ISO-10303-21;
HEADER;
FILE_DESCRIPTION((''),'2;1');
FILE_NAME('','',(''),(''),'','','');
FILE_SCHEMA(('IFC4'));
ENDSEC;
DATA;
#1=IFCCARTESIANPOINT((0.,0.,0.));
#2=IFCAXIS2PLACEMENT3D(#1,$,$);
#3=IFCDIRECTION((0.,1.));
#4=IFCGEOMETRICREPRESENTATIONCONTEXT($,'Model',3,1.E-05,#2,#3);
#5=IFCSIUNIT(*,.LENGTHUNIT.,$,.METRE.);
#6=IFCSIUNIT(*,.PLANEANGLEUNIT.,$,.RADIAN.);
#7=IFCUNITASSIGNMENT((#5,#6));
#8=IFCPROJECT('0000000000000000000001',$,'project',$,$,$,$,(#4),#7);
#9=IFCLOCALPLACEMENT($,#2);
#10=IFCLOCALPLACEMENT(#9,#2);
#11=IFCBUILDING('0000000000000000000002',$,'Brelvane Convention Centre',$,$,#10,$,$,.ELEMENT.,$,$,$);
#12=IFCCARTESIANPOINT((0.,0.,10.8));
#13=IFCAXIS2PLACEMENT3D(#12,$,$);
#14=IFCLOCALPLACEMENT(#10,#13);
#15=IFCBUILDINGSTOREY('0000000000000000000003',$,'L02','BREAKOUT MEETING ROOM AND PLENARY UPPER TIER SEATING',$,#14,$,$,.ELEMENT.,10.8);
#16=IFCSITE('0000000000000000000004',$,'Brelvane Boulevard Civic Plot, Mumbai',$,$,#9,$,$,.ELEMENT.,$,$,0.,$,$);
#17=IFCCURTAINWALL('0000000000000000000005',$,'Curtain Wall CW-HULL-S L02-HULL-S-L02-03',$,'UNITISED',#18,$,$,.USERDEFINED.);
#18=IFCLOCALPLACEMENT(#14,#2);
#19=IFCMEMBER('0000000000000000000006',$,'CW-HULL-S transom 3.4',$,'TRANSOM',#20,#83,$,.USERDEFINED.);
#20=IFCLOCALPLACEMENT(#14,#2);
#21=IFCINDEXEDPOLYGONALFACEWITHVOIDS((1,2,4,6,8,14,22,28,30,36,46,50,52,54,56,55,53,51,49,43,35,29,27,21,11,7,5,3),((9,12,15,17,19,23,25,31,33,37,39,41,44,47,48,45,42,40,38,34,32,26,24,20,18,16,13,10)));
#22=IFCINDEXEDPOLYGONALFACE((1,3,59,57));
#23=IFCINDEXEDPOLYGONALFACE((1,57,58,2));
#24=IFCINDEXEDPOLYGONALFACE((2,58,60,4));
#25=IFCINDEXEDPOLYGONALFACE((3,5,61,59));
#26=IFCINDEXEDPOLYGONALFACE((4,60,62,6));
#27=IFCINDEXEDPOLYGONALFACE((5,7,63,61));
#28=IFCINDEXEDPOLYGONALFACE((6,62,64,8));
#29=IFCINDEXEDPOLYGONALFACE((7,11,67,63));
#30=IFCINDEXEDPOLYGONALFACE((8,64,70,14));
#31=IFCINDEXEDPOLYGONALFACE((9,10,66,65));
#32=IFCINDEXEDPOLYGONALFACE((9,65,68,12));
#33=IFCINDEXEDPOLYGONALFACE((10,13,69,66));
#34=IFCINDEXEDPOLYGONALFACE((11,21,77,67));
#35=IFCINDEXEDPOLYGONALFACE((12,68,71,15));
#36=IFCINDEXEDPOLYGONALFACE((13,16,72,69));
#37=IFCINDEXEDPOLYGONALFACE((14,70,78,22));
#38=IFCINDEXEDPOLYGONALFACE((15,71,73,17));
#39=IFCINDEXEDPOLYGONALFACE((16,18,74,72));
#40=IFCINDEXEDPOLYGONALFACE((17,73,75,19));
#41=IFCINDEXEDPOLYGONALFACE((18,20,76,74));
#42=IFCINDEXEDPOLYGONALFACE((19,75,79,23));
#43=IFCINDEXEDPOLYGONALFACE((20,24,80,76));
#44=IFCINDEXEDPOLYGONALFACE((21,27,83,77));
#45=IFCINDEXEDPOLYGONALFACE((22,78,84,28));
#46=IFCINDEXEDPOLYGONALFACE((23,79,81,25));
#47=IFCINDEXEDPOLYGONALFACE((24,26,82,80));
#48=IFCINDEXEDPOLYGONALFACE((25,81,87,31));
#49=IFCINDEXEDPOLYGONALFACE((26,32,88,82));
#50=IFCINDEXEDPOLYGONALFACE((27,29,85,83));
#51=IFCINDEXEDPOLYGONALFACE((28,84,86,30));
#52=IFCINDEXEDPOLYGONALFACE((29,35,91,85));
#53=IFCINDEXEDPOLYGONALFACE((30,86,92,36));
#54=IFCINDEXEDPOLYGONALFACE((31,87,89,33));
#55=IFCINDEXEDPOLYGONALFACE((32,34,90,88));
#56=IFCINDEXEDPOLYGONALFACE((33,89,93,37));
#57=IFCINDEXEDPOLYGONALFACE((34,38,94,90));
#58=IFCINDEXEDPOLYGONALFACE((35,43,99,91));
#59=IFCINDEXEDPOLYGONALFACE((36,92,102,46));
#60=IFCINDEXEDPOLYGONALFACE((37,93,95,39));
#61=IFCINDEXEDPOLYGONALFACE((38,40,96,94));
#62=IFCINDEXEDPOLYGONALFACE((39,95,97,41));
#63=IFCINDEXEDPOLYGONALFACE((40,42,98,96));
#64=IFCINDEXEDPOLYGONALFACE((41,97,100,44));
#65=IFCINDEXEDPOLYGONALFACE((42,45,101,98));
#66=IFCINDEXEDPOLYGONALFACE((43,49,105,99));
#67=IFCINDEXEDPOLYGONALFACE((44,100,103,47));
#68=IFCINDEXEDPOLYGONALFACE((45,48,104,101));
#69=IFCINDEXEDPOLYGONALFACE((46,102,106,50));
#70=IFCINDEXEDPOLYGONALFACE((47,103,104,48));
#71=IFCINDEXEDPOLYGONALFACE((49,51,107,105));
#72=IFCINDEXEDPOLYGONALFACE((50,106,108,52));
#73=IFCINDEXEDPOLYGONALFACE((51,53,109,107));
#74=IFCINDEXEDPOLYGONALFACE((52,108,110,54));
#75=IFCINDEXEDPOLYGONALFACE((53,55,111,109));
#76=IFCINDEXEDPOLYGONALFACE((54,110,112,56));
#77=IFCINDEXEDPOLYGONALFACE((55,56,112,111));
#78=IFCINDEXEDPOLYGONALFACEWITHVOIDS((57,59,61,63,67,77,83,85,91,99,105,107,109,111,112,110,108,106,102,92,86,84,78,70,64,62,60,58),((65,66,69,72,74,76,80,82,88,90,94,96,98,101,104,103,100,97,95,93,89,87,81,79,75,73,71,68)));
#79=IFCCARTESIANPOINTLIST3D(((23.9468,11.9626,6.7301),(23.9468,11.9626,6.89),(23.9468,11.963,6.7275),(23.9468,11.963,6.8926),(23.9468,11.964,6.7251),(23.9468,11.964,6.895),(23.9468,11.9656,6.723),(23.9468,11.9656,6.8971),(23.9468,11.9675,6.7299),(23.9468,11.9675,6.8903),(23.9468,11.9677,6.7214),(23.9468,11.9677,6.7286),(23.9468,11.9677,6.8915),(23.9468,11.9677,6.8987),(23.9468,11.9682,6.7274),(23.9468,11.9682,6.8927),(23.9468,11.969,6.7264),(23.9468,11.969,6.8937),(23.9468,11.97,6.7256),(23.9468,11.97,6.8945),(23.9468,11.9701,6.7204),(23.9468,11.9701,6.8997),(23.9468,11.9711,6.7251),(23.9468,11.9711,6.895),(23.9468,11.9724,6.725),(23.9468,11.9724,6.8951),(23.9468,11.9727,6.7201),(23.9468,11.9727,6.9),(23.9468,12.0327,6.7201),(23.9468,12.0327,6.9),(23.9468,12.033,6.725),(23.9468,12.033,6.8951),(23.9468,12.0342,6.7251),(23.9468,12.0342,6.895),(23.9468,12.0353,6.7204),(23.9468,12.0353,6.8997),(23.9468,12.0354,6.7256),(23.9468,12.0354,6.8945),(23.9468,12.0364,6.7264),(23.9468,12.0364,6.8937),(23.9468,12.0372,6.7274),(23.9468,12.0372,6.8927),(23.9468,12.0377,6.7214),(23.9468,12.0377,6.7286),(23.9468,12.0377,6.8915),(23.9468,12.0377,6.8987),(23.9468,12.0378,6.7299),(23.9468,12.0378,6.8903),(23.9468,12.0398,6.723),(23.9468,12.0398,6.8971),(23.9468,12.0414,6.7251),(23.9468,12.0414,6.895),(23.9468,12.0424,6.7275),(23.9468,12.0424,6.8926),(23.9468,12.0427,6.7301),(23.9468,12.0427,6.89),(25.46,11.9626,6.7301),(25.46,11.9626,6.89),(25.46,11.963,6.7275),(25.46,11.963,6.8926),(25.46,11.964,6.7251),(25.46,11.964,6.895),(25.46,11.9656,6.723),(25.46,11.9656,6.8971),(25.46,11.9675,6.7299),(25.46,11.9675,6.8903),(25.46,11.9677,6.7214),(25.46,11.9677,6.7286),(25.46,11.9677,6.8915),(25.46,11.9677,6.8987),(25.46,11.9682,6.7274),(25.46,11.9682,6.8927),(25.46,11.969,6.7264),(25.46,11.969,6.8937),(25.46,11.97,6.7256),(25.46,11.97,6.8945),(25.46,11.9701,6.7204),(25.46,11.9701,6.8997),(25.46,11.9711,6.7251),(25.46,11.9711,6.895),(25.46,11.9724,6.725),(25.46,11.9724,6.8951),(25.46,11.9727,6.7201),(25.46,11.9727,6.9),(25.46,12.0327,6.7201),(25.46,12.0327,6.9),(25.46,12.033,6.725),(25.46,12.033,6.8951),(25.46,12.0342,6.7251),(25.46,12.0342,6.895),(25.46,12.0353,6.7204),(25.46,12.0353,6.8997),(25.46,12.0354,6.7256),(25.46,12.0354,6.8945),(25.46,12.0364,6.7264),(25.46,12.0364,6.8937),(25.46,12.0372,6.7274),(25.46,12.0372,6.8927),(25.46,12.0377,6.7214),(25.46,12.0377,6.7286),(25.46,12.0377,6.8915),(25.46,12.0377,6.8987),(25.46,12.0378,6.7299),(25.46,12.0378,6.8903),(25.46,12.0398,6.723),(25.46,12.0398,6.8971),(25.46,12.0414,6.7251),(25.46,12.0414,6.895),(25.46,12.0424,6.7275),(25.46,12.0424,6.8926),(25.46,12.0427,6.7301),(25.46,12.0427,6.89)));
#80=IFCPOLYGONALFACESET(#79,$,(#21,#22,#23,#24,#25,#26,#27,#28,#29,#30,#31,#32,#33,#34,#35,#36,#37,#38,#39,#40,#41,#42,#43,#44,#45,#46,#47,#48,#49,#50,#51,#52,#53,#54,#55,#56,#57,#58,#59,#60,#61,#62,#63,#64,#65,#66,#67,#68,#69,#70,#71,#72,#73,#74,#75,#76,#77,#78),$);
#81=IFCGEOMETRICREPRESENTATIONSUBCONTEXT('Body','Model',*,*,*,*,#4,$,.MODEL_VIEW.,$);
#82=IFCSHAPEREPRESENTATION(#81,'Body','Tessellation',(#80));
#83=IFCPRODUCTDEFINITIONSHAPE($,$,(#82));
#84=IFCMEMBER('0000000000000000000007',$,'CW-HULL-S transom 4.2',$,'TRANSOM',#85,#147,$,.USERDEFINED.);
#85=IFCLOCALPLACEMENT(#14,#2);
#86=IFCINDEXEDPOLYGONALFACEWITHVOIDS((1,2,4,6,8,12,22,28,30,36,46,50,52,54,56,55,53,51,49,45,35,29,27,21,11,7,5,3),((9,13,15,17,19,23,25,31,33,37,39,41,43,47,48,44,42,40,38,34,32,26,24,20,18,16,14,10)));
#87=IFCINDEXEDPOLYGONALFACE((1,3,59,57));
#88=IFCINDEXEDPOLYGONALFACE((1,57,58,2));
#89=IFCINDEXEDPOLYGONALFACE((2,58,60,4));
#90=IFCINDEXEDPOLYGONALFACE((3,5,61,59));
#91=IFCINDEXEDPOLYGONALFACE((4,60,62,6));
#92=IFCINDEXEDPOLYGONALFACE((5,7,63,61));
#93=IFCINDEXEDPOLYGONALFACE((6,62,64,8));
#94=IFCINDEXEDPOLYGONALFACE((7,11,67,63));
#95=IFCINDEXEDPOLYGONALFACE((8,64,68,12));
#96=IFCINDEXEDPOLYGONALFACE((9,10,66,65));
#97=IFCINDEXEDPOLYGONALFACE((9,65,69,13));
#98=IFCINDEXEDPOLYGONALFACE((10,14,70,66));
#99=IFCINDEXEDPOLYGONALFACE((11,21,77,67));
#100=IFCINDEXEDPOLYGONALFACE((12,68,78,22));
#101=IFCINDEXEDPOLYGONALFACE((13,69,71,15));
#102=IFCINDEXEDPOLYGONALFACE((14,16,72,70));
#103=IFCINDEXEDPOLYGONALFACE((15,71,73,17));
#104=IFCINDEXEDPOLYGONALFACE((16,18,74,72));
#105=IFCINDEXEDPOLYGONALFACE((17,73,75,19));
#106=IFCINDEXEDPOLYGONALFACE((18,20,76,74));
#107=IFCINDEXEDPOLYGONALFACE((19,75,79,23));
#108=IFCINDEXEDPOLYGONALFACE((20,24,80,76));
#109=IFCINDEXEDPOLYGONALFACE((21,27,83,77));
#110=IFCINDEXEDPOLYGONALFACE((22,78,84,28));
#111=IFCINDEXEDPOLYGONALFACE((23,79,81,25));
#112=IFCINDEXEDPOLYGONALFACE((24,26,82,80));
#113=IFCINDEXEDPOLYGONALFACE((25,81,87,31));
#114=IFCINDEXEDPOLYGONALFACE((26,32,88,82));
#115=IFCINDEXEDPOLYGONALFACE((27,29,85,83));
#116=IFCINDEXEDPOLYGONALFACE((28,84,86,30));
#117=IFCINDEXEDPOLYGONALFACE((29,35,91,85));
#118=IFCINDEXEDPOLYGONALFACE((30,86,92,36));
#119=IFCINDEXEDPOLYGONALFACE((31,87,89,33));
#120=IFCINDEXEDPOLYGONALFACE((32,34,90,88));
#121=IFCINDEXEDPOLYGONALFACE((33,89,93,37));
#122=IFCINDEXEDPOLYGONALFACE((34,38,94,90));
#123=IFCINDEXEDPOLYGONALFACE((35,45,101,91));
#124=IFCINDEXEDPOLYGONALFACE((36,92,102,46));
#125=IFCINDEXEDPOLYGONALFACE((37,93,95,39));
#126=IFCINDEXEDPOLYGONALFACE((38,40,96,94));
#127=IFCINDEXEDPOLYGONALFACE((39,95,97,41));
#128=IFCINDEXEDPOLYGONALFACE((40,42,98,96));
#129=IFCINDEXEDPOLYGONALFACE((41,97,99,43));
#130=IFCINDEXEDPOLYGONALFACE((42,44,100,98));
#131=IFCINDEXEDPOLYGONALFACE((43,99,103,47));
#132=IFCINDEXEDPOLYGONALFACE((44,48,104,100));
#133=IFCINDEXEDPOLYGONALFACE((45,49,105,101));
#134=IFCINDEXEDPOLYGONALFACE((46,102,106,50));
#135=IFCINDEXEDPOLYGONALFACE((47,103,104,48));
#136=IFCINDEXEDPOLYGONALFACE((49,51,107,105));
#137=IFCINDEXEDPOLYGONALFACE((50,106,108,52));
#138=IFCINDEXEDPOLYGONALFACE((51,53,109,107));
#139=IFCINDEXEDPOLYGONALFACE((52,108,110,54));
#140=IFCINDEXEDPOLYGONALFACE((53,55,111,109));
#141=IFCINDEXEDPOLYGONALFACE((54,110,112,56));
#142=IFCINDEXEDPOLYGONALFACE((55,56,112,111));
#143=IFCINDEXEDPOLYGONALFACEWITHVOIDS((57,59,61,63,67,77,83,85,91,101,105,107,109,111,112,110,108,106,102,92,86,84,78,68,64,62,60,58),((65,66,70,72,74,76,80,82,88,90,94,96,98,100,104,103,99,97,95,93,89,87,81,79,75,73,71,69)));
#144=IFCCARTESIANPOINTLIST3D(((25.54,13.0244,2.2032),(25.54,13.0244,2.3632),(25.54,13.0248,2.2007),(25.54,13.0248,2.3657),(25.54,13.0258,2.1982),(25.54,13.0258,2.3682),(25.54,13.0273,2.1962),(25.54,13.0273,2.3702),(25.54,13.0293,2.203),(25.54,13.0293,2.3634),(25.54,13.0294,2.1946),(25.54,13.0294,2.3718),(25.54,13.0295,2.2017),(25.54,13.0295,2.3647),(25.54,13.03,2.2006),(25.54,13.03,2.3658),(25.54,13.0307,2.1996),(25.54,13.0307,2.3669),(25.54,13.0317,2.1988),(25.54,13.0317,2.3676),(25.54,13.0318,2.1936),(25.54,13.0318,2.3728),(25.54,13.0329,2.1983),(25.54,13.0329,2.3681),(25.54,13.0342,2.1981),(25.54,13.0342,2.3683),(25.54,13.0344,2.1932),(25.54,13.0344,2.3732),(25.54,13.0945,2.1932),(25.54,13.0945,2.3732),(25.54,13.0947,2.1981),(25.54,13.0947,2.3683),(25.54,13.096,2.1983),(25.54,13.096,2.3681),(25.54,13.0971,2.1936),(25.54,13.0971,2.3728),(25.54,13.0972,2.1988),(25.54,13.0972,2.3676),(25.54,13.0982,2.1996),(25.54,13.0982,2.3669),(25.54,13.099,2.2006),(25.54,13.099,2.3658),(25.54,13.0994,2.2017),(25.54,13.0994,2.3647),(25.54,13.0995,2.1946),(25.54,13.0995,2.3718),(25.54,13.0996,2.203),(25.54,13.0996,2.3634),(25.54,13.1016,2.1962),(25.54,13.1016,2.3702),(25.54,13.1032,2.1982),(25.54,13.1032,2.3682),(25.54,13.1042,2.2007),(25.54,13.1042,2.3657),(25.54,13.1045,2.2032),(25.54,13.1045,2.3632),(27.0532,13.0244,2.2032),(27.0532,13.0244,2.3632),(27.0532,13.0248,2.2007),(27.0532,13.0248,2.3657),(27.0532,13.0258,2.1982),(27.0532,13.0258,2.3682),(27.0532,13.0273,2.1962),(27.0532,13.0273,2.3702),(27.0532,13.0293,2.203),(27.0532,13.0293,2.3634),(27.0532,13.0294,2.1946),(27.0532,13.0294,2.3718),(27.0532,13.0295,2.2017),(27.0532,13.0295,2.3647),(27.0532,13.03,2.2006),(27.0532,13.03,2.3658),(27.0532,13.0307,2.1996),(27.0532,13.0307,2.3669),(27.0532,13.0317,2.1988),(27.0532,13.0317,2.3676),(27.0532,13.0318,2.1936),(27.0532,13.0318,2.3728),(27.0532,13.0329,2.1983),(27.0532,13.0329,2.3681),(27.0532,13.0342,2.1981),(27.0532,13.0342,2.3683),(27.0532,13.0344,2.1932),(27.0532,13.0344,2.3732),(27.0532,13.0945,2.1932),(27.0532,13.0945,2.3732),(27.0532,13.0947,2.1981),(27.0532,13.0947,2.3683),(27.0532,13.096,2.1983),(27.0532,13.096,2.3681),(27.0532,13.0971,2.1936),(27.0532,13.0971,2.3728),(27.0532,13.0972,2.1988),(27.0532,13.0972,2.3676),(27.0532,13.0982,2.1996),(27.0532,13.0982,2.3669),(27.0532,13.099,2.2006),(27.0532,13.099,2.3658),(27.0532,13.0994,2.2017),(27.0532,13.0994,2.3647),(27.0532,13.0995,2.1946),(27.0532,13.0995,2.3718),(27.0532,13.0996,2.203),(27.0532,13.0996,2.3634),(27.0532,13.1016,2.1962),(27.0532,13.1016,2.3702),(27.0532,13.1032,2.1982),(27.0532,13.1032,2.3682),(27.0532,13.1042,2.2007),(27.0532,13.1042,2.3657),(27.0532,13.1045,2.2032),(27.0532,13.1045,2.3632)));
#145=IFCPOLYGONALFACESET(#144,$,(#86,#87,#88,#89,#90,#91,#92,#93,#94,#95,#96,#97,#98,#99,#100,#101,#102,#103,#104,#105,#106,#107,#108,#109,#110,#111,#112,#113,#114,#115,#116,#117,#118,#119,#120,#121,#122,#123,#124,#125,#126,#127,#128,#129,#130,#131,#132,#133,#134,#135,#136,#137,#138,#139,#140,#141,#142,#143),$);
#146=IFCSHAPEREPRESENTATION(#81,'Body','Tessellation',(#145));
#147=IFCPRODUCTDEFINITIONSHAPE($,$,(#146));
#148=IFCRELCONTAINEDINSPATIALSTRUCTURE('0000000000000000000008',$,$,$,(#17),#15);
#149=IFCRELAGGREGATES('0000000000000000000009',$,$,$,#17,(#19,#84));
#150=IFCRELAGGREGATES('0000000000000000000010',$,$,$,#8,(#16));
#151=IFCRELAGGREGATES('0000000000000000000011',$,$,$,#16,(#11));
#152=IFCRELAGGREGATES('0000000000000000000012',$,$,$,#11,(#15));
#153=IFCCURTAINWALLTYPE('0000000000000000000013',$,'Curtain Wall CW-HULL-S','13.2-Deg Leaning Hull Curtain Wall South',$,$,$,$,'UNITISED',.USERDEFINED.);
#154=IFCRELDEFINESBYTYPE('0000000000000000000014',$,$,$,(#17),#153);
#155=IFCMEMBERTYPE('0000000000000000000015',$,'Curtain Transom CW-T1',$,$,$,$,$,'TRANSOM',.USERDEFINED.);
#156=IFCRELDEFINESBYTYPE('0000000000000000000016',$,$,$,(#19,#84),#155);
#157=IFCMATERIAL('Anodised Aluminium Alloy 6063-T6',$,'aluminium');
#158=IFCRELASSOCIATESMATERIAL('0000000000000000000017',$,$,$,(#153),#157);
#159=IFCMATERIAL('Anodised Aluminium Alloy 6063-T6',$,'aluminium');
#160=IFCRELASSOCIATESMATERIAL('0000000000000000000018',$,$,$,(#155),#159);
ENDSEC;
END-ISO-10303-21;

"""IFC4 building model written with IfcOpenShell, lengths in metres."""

from ifc_helpers import new_model, si_unit, direction, frame, origin, origin_2d, place, context, subcontext, project, spatial, hollow_rectangle, extrude, material, material_profile, profile_set, type_object, element, aggregate, save


model = new_model("IFC4")

# Units and contexts
model_context = context("Model", 3, precision=1e-05, world=origin(), true_north=direction((0.0, 1.0)))
body_context = subcontext(model_context, "Body", "Model", "MODEL_VIEW")
ifc_project = project(units=[si_unit("LENGTHUNIT", "METRE"), si_unit("PLANEANGLEUNIT", "RADIAN")], contexts=[model_context])

# Site, building, storey
site_placement = place(None, origin())
site = spatial("IfcSite", under=ifc_project, at=site_placement, Name="Brelvane Boulevard Civic Plot, Mumbai", CompositionType="ELEMENT", RefElevation=0.0)
building_placement = place(site_placement, origin())
building = spatial("IfcBuilding", under=site, at=building_placement, Name="Brelvane Convention Centre", CompositionType="ELEMENT")
storey_placement = place(building_placement, frame((0.0, 0.0, 10.8)))
storey = spatial("IfcBuildingStorey", under=building, at=storey_placement, Name="L02", Description="BREAKOUT MEETING ROOM AND PLENARY UPPER TIER SEATING", CompositionType="ELEMENT", Elevation=10.8)

# Curtain wall, members
ifc_material_1 = material(Name="Anodised Aluminium Alloy 6063-T6", Category="aluminium")
curtain_wall_type = type_object("IfcCurtainWallType", Name="Curtain Wall CW-HULL-S", Description="13.2-Deg Leaning Hull Curtain Wall South", ElementType="UNITISED", PredefinedType="USERDEFINED", material=ifc_material_1)
curtain_wall_1_placement = place(storey_placement, origin())
curtain_wall_1 = element("IfcCurtainWall", 1, at=curtain_wall_1_placement, inside=storey, type_object=curtain_wall_type, Name="Curtain Wall CW-HULL-S L02-HULL-S-L02-03", ObjectType="UNITISED", PredefinedType="USERDEFINED")
ifc_material_2 = material(Name="Anodised Aluminium Alloy 6063-T6", Category="aluminium")
ifc_material_profile = material_profile(ifc_material_2, hollow_rectangle(XDim=0.0801, YDim=0.1799, WallThickness=0.0049, InnerFilletRadius=0.0049, OuterFilletRadius=0.01, at=origin_2d()), Name="ALU-T 180x80x5.0")
ifc_profile_set = profile_set([ifc_material_profile], Name="Anodised Aluminium Alloy 6063-T6")
member_type = type_object("IfcMemberType", Name="Curtain Transom CW-T1", ElementType="TRANSOM", PredefinedType="USERDEFINED", material=ifc_profile_set)
member_1_placement = place(storey_placement, frame((23.9468, 12.0027, 6.8101), z_axis=(1.0, 0.0, 0.0), x_axis=(0.0, 1.0, 0.0)))
member_1 = element("IfcMember", 2, at=member_1_placement, type_object=member_type, Name="CW-HULL-S transom 3.4", ObjectType="TRANSOM", PredefinedType="USERDEFINED", context=body_context, shape_type="SweptSolid", body=[
    extrude(hollow_rectangle(XDim=0.0801, YDim=0.1799, WallThickness=0.0049, InnerFilletRadius=0.0049, OuterFilletRadius=0.01, at=origin_2d()), origin(), (0.0, 0.0, 1.0), 1.5132),
])
member_2_placement = place(storey_placement, frame((25.54, 13.0645, 2.2832), z_axis=(1.0, 0.0, 0.0), x_axis=(0.0, 1.0, 0.0)))
member_2 = element("IfcMember", 3, at=member_2_placement, type_object=member_type, Name="CW-HULL-S transom 4.2", ObjectType="TRANSOM", PredefinedType="USERDEFINED", context=body_context, shape_type="SweptSolid", body=[
    extrude(hollow_rectangle(XDim=0.0801, YDim=0.1799, WallThickness=0.0049, InnerFilletRadius=0.0049, OuterFilletRadius=0.01, at=origin_2d()), origin(), (0.0, 0.0, 1.0), 1.5132),
])

aggregate(curtain_wall_1, [member_1, member_2])

save(model, "model.ifc")
